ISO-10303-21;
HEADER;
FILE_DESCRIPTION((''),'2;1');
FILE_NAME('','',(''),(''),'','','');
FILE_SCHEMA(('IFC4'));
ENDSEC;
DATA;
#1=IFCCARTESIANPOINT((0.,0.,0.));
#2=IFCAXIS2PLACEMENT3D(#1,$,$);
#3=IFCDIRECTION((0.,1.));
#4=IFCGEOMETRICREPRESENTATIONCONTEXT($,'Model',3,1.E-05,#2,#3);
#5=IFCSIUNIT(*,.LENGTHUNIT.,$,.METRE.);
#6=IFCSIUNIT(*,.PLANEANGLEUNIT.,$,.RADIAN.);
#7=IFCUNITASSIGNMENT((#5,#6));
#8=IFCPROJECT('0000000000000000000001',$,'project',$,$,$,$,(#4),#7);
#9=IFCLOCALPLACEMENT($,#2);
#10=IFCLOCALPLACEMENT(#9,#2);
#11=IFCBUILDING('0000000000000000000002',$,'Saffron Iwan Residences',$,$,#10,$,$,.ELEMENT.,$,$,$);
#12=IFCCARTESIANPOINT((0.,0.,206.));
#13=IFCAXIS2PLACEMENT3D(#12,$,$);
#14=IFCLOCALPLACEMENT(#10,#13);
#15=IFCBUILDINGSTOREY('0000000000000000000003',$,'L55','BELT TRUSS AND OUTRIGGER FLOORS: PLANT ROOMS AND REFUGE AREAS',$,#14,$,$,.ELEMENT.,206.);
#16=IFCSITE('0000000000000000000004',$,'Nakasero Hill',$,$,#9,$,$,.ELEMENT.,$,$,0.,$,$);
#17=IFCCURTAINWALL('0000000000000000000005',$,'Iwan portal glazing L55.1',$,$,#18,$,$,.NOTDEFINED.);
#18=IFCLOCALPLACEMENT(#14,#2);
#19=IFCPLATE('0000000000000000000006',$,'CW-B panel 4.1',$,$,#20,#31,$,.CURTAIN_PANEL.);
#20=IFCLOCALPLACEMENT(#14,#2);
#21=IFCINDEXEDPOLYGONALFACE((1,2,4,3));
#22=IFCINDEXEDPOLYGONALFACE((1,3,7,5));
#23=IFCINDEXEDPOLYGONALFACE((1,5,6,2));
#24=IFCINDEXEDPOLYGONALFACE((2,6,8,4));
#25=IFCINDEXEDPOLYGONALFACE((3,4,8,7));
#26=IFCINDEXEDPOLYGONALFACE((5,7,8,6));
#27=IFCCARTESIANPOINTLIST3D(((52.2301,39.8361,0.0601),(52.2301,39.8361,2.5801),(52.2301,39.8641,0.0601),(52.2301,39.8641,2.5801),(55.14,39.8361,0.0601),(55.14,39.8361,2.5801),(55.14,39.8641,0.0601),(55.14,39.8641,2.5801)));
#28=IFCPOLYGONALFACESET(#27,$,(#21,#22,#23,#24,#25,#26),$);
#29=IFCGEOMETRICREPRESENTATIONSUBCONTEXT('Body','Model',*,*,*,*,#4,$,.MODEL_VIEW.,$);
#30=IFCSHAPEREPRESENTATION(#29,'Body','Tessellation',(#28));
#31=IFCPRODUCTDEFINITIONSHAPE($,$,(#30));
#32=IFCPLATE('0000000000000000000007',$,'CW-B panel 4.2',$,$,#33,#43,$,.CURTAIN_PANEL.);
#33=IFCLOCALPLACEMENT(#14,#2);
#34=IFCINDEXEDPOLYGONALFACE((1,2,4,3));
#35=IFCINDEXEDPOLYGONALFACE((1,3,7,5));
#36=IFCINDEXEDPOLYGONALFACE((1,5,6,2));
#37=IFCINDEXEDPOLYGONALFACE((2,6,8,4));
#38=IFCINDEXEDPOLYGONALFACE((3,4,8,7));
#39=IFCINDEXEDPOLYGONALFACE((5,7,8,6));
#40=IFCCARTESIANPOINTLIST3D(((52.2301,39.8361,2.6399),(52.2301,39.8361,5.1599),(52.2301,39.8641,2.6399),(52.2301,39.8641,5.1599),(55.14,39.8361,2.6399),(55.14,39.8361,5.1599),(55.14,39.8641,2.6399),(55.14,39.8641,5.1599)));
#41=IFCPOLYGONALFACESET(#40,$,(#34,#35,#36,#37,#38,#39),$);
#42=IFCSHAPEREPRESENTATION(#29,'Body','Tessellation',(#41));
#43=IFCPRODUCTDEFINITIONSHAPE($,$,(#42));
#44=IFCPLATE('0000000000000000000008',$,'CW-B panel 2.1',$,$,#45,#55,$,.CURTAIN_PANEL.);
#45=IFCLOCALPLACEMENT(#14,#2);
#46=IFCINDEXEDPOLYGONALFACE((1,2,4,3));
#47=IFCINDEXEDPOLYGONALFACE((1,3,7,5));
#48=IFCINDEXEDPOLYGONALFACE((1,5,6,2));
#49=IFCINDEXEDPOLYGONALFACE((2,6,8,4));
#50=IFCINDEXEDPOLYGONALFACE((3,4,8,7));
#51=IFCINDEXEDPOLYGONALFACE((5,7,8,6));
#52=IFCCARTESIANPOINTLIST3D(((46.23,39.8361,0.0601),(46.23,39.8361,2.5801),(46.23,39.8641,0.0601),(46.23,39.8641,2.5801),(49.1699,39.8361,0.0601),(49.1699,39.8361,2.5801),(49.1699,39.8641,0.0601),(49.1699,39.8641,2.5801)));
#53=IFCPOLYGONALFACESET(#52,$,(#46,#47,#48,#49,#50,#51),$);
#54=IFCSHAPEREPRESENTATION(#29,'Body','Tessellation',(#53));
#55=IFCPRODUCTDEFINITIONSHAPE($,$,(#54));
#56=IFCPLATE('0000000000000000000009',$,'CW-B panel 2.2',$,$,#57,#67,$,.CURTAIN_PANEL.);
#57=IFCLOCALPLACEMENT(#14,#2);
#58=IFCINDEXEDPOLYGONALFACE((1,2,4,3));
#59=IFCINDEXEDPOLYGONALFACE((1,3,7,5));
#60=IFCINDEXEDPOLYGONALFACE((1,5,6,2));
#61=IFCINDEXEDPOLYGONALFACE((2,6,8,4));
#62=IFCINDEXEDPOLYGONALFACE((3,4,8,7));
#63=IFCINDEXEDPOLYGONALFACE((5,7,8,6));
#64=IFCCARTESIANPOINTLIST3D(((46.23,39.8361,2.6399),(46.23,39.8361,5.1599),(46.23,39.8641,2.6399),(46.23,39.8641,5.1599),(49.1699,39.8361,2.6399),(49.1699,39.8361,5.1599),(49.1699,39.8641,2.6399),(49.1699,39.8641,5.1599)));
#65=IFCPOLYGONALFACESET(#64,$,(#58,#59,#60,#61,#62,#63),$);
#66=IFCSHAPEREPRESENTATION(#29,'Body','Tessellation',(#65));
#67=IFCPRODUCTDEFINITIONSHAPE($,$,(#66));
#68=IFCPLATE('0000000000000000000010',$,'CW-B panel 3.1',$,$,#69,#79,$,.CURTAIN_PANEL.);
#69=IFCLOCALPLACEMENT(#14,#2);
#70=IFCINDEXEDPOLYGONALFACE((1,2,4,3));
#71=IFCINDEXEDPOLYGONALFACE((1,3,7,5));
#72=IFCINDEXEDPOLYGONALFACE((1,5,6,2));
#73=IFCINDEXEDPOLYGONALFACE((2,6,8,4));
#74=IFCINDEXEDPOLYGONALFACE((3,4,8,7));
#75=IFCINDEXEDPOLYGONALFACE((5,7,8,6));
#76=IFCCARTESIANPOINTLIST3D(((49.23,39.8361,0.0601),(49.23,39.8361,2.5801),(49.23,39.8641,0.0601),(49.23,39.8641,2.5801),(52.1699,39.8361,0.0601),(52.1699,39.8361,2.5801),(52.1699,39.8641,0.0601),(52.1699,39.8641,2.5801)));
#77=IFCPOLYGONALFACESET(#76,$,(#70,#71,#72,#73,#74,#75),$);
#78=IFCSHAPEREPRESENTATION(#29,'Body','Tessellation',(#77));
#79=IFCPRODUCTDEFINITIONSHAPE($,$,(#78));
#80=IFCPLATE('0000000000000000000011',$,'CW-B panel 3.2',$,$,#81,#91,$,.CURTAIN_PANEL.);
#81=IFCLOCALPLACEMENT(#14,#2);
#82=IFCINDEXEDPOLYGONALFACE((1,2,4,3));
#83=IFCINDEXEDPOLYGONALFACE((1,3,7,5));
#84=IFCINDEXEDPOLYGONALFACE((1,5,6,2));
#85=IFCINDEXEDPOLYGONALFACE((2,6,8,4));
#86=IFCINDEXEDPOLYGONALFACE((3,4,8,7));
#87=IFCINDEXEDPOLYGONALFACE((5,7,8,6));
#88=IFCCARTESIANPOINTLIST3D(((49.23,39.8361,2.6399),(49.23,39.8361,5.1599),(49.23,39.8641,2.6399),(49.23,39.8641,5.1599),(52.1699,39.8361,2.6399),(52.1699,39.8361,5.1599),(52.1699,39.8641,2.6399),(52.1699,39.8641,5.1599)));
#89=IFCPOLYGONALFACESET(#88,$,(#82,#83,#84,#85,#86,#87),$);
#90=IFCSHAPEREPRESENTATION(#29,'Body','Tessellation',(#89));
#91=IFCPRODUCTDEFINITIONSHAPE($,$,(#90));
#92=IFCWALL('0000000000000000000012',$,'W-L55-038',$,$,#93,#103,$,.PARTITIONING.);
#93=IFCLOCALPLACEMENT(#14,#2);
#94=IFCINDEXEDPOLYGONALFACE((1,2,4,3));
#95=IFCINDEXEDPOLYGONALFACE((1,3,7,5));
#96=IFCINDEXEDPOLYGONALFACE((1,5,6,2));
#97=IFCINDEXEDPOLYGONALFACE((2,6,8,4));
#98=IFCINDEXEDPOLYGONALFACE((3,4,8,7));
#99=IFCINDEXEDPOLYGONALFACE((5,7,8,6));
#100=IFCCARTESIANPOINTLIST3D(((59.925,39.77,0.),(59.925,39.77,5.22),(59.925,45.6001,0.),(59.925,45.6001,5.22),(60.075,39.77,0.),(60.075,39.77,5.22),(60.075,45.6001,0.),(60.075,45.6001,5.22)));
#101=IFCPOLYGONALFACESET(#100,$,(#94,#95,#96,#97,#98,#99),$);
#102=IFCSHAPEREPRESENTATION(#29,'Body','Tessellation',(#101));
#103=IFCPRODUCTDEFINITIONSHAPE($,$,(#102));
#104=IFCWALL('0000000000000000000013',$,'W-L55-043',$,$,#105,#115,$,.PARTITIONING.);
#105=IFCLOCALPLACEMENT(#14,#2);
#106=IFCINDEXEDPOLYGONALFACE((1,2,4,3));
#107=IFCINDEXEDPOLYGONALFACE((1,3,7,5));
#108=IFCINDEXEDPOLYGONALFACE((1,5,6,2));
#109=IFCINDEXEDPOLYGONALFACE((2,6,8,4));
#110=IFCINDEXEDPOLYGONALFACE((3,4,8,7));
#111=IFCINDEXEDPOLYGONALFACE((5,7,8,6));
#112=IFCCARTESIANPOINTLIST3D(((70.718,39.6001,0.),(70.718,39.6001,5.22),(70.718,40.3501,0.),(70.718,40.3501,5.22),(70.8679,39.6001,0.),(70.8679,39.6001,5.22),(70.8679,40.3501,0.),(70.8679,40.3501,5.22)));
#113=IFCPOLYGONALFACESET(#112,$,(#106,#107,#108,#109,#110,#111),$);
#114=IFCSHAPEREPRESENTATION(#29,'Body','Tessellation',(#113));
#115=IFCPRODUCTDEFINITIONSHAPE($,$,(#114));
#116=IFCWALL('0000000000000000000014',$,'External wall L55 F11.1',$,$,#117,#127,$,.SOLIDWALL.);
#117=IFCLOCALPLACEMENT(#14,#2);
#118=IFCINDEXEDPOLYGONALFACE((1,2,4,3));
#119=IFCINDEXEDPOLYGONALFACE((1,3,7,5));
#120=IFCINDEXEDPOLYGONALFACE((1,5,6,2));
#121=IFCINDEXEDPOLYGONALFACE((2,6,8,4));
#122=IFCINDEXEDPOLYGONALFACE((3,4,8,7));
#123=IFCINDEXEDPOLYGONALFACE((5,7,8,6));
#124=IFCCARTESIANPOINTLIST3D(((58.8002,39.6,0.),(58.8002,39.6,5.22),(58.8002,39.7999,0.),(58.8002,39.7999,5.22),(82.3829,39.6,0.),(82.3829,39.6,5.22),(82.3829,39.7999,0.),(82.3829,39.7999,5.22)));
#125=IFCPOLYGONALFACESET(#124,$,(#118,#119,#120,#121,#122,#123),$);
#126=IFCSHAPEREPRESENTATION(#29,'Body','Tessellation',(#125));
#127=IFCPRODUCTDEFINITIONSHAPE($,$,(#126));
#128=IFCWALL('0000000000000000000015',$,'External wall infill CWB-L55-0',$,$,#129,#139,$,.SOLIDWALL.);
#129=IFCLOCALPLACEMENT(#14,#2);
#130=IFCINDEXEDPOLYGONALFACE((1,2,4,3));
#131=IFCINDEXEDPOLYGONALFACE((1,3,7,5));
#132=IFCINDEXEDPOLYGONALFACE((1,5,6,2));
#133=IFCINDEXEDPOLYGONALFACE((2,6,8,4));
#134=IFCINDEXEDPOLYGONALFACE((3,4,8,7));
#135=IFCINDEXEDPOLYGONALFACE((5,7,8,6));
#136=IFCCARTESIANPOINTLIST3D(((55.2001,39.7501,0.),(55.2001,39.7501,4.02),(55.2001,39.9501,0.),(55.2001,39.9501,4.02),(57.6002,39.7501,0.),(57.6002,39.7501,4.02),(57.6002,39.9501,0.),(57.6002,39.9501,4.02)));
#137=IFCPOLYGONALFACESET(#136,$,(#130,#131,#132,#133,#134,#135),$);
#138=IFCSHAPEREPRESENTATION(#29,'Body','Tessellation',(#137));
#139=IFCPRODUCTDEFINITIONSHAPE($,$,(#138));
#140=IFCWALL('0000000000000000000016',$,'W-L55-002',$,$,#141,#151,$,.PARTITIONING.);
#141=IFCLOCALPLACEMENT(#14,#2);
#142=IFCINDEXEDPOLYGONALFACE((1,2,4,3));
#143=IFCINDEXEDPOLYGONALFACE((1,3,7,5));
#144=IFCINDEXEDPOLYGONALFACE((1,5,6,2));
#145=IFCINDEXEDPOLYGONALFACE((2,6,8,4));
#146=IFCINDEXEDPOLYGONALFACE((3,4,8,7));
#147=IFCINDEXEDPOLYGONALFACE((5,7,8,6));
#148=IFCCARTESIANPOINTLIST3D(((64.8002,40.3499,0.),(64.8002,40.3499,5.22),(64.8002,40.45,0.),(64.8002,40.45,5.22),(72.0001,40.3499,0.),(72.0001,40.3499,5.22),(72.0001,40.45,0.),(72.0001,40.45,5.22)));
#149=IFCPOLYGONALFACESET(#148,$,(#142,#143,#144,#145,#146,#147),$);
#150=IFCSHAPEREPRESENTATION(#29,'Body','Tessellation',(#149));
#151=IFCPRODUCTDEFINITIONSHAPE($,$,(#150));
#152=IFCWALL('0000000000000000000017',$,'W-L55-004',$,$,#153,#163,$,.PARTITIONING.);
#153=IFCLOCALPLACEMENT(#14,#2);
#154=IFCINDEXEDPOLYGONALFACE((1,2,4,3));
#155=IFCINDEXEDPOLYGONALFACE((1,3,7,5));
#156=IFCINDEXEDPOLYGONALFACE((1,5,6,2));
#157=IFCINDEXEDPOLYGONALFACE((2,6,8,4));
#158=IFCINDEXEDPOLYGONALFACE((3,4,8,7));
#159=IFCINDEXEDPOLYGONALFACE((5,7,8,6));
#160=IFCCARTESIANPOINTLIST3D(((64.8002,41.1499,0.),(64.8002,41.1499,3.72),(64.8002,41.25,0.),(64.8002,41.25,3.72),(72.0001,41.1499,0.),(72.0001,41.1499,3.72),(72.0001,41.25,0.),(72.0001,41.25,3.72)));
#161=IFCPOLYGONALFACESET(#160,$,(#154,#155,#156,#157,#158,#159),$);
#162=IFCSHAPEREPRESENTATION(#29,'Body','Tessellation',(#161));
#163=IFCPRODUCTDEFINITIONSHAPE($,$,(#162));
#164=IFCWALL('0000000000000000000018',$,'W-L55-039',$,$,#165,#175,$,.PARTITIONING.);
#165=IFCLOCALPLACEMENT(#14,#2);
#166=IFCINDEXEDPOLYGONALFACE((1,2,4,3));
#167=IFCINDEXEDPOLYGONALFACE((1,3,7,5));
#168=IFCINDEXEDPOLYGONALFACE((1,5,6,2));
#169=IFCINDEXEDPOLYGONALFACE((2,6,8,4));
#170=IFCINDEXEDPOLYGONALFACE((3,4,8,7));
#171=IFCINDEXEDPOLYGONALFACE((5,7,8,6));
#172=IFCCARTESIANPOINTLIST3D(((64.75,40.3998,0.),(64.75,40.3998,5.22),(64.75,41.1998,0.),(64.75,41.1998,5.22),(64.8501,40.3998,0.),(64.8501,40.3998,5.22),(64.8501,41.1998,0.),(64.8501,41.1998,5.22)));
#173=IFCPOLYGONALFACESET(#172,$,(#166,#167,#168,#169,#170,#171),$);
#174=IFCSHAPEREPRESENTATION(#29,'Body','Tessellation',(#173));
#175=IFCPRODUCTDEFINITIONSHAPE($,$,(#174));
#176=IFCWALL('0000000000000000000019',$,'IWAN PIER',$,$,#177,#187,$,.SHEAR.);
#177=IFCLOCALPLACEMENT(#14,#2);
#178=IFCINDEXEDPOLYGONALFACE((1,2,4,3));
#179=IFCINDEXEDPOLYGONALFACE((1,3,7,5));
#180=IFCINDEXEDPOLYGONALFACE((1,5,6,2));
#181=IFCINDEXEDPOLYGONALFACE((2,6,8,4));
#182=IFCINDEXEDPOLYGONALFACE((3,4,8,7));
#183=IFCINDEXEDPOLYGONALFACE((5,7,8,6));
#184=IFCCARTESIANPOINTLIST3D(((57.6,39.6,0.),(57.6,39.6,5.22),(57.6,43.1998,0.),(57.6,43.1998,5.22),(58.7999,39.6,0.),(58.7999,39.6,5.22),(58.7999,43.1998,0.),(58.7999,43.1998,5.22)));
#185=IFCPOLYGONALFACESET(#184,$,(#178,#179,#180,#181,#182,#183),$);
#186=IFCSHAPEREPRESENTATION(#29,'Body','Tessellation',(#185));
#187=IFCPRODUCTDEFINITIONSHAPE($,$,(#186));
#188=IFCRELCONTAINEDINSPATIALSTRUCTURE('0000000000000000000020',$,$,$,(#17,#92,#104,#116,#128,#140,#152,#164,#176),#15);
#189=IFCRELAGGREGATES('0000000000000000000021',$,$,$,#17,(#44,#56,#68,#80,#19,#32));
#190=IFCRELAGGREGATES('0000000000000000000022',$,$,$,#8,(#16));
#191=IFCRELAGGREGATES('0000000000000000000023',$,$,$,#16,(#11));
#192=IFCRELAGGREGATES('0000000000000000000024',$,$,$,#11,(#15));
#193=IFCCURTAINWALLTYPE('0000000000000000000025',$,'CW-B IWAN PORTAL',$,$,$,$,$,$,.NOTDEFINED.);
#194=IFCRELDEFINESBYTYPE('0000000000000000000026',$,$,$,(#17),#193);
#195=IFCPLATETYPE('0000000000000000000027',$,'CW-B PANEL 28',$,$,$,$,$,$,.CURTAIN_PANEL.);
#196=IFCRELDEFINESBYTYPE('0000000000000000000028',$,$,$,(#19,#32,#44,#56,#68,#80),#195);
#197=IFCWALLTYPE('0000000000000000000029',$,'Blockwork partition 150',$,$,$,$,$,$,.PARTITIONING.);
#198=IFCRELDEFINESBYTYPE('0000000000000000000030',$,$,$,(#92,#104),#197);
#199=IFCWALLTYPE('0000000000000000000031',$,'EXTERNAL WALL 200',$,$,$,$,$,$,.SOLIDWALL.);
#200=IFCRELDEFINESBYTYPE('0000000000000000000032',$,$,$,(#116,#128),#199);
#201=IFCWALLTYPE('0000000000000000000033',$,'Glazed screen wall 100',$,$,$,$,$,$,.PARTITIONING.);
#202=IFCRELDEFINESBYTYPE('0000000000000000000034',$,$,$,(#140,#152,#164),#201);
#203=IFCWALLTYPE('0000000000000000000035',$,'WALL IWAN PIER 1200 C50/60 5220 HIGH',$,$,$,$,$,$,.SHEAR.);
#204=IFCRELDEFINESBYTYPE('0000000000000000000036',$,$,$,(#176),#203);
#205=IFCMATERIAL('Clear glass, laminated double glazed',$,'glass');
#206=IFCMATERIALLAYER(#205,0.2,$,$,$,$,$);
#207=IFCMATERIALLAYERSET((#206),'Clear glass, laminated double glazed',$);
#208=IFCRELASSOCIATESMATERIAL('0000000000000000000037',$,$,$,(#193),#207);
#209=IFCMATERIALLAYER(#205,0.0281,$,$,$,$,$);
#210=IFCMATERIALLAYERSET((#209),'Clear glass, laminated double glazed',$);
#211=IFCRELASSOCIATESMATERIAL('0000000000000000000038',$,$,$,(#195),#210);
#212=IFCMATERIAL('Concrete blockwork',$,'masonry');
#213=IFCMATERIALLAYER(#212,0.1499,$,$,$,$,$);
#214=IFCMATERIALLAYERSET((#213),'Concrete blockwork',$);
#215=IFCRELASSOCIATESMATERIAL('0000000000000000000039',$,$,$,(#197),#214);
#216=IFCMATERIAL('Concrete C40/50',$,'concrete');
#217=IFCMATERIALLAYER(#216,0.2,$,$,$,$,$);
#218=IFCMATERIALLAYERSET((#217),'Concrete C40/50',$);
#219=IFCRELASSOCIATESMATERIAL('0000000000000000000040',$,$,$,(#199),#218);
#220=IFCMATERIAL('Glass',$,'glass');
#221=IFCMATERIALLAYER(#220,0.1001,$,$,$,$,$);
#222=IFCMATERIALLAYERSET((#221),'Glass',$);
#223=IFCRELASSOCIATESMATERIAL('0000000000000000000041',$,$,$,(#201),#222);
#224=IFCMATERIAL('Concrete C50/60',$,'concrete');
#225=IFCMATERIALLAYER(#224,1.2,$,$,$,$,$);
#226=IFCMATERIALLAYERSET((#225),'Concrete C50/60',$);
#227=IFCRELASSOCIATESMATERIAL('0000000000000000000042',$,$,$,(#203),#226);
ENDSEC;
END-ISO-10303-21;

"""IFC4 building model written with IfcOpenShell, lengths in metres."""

from ifc_helpers import new_model, si_unit, direction, frame, frame_2d, origin, origin_2d, place, context, subcontext, project, spatial, rectangle, extrude, source, transform, mapped, material, layer, layer_set, type_object, element, aggregate, save


model = new_model("IFC4")

# Units and contexts
model_context = context("Model", 3, precision=1e-05, world=origin(), true_north=direction((0.0, 1.0)))
body_context = subcontext(model_context, "Body", "Model", "MODEL_VIEW")
ifc_project = project(units=[si_unit("LENGTHUNIT", "METRE"), si_unit("PLANEANGLEUNIT", "RADIAN")], contexts=[model_context])

# Site, building, storey
site_placement = place(None, origin())
site = spatial("IfcSite", under=ifc_project, at=site_placement, Name="Nakasero Hill", CompositionType="ELEMENT", RefElevation=0.0)
building_placement = place(site_placement, origin())
building = spatial("IfcBuilding", under=site, at=building_placement, Name="Saffron Iwan Residences", CompositionType="ELEMENT")
storey_placement = place(building_placement, frame((0.0, 0.0, 206.0)))
storey = spatial("IfcBuildingStorey", under=building, at=storey_placement, Name="L55", Description="BELT TRUSS AND OUTRIGGER FLOORS: PLANT ROOMS AND REFUGE AREAS", CompositionType="ELEMENT", Elevation=206.0)

# Shared definitions
ifc_material_1 = material(Name="Concrete C50/60", Category="concrete")

# Curtain wall, plates
ifc_material_2 = material(Name="Clear glass, laminated double glazed", Category="glass")
ifc_layer_1 = layer(ifc_material_2, 0.2)
ifc_layer_set_1 = layer_set([ifc_layer_1], Name="Clear glass, laminated double glazed")
curtain_wall_type = type_object("IfcCurtainWallType", Name="CW-B IWAN PORTAL", PredefinedType="NOTDEFINED", material=ifc_layer_set_1)
curtain_wall_placement = place(storey_placement, origin())
curtain_wall = element("IfcCurtainWall", 1, at=curtain_wall_placement, inside=storey, type_object=curtain_wall_type, Name="Iwan portal glazing L55.1", PredefinedType="NOTDEFINED")
ifc_layer_2 = layer(ifc_material_2, 0.0281)
ifc_layer_set_2 = layer_set([ifc_layer_2], Name="Clear glass, laminated double glazed")
plate_type = type_object("IfcPlateType", Name="CW-B PANEL 28", PredefinedType="CURTAIN_PANEL", material=ifc_layer_set_2)
shared_shape_1 = source(origin(), body_context, "Body", "SweptSolid", [
    extrude(rectangle(XDim=2.9099, YDim=0.0281, at=origin_2d()), origin(), (0.0, 0.0, 1.0), 2.52),
])
plate_1_placement = place(storey_placement, frame((53.6851, 39.8501, 0.0601), z_axis=(0.0, 0.0, 1.0), x_axis=(1.0, 0.0, 0.0)))
plate_1 = element("IfcPlate", 2, at=plate_1_placement, type_object=plate_type, Name="CW-B panel 4.1", PredefinedType="CURTAIN_PANEL", context=body_context, shape_type="MappedRepresentation", body=[
    mapped(shared_shape_1, transform((0.0, 0.0, 0.0))),
])
plate_2_placement = place(storey_placement, frame((53.6851, 39.8501, 2.6399), z_axis=(0.0, 0.0, 1.0), x_axis=(1.0, 0.0, 0.0)))
plate_2 = element("IfcPlate", 3, at=plate_2_placement, type_object=plate_type, Name="CW-B panel 4.2", PredefinedType="CURTAIN_PANEL", context=body_context, shape_type="MappedRepresentation", body=[
    mapped(shared_shape_1, transform((0.0, 0.0, 0.0))),
])
shared_shape_2 = source(origin(), body_context, "Body", "SweptSolid", [
    extrude(rectangle(XDim=2.9399, YDim=0.0281, at=origin_2d()), origin(), (0.0, 0.0, 1.0), 2.52),
])
plate_3_placement = place(storey_placement, frame((47.7, 39.8501, 0.0601), z_axis=(0.0, 0.0, 1.0), x_axis=(1.0, 0.0, 0.0)))
plate_3 = element("IfcPlate", 4, at=plate_3_placement, type_object=plate_type, Name="CW-B panel 2.1", PredefinedType="CURTAIN_PANEL", context=body_context, shape_type="MappedRepresentation", body=[
    mapped(shared_shape_2, transform((0.0, 0.0, 0.0))),
])
plate_4_placement = place(storey_placement, frame((47.7, 39.8501, 2.6399), z_axis=(0.0, 0.0, 1.0), x_axis=(1.0, 0.0, 0.0)))
plate_4 = element("IfcPlate", 5, at=plate_4_placement, type_object=plate_type, Name="CW-B panel 2.2", PredefinedType="CURTAIN_PANEL", context=body_context, shape_type="MappedRepresentation", body=[
    mapped(shared_shape_2, transform((0.0, 0.0, 0.0))),
])
plate_5_placement = place(storey_placement, frame((50.7, 39.8501, 0.0601), z_axis=(0.0, 0.0, 1.0), x_axis=(1.0, 0.0, 0.0)))
plate_5 = element("IfcPlate", 6, at=plate_5_placement, type_object=plate_type, Name="CW-B panel 3.1", PredefinedType="CURTAIN_PANEL", context=body_context, shape_type="MappedRepresentation", body=[
    mapped(shared_shape_2, transform((0.0, 0.0, 0.0))),
])
plate_6_placement = place(storey_placement, frame((50.7, 39.8501, 2.6399), z_axis=(0.0, 0.0, 1.0), x_axis=(1.0, 0.0, 0.0)))
plate_6 = element("IfcPlate", 7, at=plate_6_placement, type_object=plate_type, Name="CW-B panel 3.2", PredefinedType="CURTAIN_PANEL", context=body_context, shape_type="MappedRepresentation", body=[
    mapped(shared_shape_2, transform((0.0, 0.0, 0.0))),
])
aggregate(curtain_wall, [plate_3, plate_4, plate_5, plate_6, plate_1, plate_2])

# Walls
ifc_material_3 = material(Name="Concrete blockwork", Category="masonry")
ifc_layer_3 = layer(ifc_material_3, 0.1499)
ifc_layer_set_3 = layer_set([ifc_layer_3], Name="Concrete blockwork")
wall_type_1 = type_object("IfcWallType", Name="Blockwork partition 150", PredefinedType="PARTITIONING", material=ifc_layer_set_3)
wall_1_placement = place(storey_placement, frame((60.0, 39.77, 0.0), z_axis=(0.0, 0.0, 1.0), x_axis=(0.0, 1.0, 0.0)))
element("IfcWall", 8, at=wall_1_placement, inside=storey, type_object=wall_type_1, Name="W-L55-038", PredefinedType="PARTITIONING", context=body_context, shape_type="SweptSolid", body=[
    extrude(rectangle(XDim=5.8301, YDim=0.1499, at=frame_2d((2.915, 0.0))), origin(), (0.0, 0.0, 1.0), 5.22),
])
wall_2_placement = place(storey_placement, frame((70.793, 39.6001, 0.0), z_axis=(0.0, 0.0, 1.0), x_axis=(0.0, 1.0, 0.0)))
element("IfcWall", 9, at=wall_2_placement, inside=storey, type_object=wall_type_1, Name="W-L55-043", PredefinedType="PARTITIONING", context=body_context, shape_type="SweptSolid", body=[
    extrude(rectangle(XDim=0.75, YDim=0.1499, at=frame_2d((0.375, 0.0))), origin(), (0.0, 0.0, 1.0), 5.22),
])
ifc_material_4 = material(Name="Concrete C40/50", Category="concrete")
ifc_layer_4 = layer(ifc_material_4, 0.2)
ifc_layer_set_4 = layer_set([ifc_layer_4], Name="Concrete C40/50")
wall_type_2 = type_object("IfcWallType", Name="EXTERNAL WALL 200", PredefinedType="SOLIDWALL", material=ifc_layer_set_4)
wall_3_placement = place(storey_placement, frame((58.8, 39.7, 0.0), z_axis=(0.0, 0.0, 1.0), x_axis=(1.0, 0.0, 0.0)))
element("IfcWall", 10, at=wall_3_placement, inside=storey, type_object=wall_type_2, Name="External wall L55 F11.1", PredefinedType="SOLIDWALL", context=body_context, shape_type="SweptSolid", body=[
    extrude(rectangle(XDim=23.5828, YDim=0.2, at=frame_2d((11.7915, 0.0))), origin(), (0.0, 0.0, 1.0), 5.22),
])
wall_4_placement = place(storey_placement, frame((55.2, 39.8501, 0.0), z_axis=(0.0, 0.0, 1.0), x_axis=(1.0, 0.0, 0.0)))
element("IfcWall", 11, at=wall_4_placement, inside=storey, type_object=wall_type_2, Name="External wall infill CWB-L55-0", PredefinedType="SOLIDWALL", context=body_context, shape_type="SweptSolid", body=[
    extrude(rectangle(XDim=2.4001, YDim=0.2, at=frame_2d((1.2002, 0.0))), origin(), (0.0, 0.0, 1.0), 4.02),
])
ifc_material_5 = material(Name="Glass", Category="glass")
ifc_layer_5 = layer(ifc_material_5, 0.1001)
ifc_layer_set_5 = layer_set([ifc_layer_5], Name="Glass")
wall_type_3 = type_object("IfcWallType", Name="Glazed screen wall 100", PredefinedType="PARTITIONING", material=ifc_layer_set_5)
wall_5_placement = place(storey_placement, frame((64.8, 40.3999, 0.0), z_axis=(0.0, 0.0, 1.0), x_axis=(1.0, 0.0, 0.0)))
element("IfcWall", 12, at=wall_5_placement, inside=storey, type_object=wall_type_3, Name="W-L55-002", PredefinedType="PARTITIONING", context=body_context, shape_type="SweptSolid", body=[
    extrude(rectangle(XDim=7.2, YDim=0.1001, at=frame_2d((3.6001, 0.0))), origin(), (0.0, 0.0, 1.0), 5.22),
])
wall_6_placement = place(storey_placement, frame((64.8, 41.2, 0.0), z_axis=(0.0, 0.0, 1.0), x_axis=(1.0, 0.0, 0.0)))
element("IfcWall", 13, at=wall_6_placement, inside=storey, type_object=wall_type_3, Name="W-L55-004", PredefinedType="PARTITIONING", context=body_context, shape_type="SweptSolid", body=[
    extrude(rectangle(XDim=7.2, YDim=0.1001, at=frame_2d((3.6001, 0.0))), origin(), (0.0, 0.0, 1.0), 3.72),
])
wall_7_placement = place(storey_placement, frame((64.8, 40.3999, 0.0), z_axis=(0.0, 0.0, 1.0), x_axis=(0.0, 1.0, 0.0)))
element("IfcWall", 14, at=wall_7_placement, inside=storey, type_object=wall_type_3, Name="W-L55-039", PredefinedType="PARTITIONING", context=body_context, shape_type="SweptSolid", body=[
    extrude(rectangle(XDim=0.8, YDim=0.1001, at=frame_2d((0.3999, 0.0))), origin(), (0.0, 0.0, 1.0), 5.22),
])
ifc_layer_6 = layer(ifc_material_1, 1.2)
ifc_layer_set_6 = layer_set([ifc_layer_6], Name="Concrete C50/60")
wall_type_4 = type_object("IfcWallType", Name="WALL IWAN PIER 1200 C50/60 5220 HIGH", PredefinedType="SHEAR", material=ifc_layer_set_6)
wall_8_placement = place(storey_placement, frame((58.2, 39.6001, 0.0), z_axis=(0.0, 0.0, 1.0), x_axis=(0.0, 1.0, 0.0)))
element("IfcWall", 15, at=wall_8_placement, inside=storey, type_object=wall_type_4, Name="IWAN PIER", PredefinedType="SHEAR", context=body_context, shape_type="SweptSolid", body=[
    extrude(rectangle(XDim=3.5999, YDim=1.2, at=frame_2d((1.7998, 0.0))), origin(), (0.0, 0.0, 1.0), 5.22),
])

save(model, "model.ifc")
